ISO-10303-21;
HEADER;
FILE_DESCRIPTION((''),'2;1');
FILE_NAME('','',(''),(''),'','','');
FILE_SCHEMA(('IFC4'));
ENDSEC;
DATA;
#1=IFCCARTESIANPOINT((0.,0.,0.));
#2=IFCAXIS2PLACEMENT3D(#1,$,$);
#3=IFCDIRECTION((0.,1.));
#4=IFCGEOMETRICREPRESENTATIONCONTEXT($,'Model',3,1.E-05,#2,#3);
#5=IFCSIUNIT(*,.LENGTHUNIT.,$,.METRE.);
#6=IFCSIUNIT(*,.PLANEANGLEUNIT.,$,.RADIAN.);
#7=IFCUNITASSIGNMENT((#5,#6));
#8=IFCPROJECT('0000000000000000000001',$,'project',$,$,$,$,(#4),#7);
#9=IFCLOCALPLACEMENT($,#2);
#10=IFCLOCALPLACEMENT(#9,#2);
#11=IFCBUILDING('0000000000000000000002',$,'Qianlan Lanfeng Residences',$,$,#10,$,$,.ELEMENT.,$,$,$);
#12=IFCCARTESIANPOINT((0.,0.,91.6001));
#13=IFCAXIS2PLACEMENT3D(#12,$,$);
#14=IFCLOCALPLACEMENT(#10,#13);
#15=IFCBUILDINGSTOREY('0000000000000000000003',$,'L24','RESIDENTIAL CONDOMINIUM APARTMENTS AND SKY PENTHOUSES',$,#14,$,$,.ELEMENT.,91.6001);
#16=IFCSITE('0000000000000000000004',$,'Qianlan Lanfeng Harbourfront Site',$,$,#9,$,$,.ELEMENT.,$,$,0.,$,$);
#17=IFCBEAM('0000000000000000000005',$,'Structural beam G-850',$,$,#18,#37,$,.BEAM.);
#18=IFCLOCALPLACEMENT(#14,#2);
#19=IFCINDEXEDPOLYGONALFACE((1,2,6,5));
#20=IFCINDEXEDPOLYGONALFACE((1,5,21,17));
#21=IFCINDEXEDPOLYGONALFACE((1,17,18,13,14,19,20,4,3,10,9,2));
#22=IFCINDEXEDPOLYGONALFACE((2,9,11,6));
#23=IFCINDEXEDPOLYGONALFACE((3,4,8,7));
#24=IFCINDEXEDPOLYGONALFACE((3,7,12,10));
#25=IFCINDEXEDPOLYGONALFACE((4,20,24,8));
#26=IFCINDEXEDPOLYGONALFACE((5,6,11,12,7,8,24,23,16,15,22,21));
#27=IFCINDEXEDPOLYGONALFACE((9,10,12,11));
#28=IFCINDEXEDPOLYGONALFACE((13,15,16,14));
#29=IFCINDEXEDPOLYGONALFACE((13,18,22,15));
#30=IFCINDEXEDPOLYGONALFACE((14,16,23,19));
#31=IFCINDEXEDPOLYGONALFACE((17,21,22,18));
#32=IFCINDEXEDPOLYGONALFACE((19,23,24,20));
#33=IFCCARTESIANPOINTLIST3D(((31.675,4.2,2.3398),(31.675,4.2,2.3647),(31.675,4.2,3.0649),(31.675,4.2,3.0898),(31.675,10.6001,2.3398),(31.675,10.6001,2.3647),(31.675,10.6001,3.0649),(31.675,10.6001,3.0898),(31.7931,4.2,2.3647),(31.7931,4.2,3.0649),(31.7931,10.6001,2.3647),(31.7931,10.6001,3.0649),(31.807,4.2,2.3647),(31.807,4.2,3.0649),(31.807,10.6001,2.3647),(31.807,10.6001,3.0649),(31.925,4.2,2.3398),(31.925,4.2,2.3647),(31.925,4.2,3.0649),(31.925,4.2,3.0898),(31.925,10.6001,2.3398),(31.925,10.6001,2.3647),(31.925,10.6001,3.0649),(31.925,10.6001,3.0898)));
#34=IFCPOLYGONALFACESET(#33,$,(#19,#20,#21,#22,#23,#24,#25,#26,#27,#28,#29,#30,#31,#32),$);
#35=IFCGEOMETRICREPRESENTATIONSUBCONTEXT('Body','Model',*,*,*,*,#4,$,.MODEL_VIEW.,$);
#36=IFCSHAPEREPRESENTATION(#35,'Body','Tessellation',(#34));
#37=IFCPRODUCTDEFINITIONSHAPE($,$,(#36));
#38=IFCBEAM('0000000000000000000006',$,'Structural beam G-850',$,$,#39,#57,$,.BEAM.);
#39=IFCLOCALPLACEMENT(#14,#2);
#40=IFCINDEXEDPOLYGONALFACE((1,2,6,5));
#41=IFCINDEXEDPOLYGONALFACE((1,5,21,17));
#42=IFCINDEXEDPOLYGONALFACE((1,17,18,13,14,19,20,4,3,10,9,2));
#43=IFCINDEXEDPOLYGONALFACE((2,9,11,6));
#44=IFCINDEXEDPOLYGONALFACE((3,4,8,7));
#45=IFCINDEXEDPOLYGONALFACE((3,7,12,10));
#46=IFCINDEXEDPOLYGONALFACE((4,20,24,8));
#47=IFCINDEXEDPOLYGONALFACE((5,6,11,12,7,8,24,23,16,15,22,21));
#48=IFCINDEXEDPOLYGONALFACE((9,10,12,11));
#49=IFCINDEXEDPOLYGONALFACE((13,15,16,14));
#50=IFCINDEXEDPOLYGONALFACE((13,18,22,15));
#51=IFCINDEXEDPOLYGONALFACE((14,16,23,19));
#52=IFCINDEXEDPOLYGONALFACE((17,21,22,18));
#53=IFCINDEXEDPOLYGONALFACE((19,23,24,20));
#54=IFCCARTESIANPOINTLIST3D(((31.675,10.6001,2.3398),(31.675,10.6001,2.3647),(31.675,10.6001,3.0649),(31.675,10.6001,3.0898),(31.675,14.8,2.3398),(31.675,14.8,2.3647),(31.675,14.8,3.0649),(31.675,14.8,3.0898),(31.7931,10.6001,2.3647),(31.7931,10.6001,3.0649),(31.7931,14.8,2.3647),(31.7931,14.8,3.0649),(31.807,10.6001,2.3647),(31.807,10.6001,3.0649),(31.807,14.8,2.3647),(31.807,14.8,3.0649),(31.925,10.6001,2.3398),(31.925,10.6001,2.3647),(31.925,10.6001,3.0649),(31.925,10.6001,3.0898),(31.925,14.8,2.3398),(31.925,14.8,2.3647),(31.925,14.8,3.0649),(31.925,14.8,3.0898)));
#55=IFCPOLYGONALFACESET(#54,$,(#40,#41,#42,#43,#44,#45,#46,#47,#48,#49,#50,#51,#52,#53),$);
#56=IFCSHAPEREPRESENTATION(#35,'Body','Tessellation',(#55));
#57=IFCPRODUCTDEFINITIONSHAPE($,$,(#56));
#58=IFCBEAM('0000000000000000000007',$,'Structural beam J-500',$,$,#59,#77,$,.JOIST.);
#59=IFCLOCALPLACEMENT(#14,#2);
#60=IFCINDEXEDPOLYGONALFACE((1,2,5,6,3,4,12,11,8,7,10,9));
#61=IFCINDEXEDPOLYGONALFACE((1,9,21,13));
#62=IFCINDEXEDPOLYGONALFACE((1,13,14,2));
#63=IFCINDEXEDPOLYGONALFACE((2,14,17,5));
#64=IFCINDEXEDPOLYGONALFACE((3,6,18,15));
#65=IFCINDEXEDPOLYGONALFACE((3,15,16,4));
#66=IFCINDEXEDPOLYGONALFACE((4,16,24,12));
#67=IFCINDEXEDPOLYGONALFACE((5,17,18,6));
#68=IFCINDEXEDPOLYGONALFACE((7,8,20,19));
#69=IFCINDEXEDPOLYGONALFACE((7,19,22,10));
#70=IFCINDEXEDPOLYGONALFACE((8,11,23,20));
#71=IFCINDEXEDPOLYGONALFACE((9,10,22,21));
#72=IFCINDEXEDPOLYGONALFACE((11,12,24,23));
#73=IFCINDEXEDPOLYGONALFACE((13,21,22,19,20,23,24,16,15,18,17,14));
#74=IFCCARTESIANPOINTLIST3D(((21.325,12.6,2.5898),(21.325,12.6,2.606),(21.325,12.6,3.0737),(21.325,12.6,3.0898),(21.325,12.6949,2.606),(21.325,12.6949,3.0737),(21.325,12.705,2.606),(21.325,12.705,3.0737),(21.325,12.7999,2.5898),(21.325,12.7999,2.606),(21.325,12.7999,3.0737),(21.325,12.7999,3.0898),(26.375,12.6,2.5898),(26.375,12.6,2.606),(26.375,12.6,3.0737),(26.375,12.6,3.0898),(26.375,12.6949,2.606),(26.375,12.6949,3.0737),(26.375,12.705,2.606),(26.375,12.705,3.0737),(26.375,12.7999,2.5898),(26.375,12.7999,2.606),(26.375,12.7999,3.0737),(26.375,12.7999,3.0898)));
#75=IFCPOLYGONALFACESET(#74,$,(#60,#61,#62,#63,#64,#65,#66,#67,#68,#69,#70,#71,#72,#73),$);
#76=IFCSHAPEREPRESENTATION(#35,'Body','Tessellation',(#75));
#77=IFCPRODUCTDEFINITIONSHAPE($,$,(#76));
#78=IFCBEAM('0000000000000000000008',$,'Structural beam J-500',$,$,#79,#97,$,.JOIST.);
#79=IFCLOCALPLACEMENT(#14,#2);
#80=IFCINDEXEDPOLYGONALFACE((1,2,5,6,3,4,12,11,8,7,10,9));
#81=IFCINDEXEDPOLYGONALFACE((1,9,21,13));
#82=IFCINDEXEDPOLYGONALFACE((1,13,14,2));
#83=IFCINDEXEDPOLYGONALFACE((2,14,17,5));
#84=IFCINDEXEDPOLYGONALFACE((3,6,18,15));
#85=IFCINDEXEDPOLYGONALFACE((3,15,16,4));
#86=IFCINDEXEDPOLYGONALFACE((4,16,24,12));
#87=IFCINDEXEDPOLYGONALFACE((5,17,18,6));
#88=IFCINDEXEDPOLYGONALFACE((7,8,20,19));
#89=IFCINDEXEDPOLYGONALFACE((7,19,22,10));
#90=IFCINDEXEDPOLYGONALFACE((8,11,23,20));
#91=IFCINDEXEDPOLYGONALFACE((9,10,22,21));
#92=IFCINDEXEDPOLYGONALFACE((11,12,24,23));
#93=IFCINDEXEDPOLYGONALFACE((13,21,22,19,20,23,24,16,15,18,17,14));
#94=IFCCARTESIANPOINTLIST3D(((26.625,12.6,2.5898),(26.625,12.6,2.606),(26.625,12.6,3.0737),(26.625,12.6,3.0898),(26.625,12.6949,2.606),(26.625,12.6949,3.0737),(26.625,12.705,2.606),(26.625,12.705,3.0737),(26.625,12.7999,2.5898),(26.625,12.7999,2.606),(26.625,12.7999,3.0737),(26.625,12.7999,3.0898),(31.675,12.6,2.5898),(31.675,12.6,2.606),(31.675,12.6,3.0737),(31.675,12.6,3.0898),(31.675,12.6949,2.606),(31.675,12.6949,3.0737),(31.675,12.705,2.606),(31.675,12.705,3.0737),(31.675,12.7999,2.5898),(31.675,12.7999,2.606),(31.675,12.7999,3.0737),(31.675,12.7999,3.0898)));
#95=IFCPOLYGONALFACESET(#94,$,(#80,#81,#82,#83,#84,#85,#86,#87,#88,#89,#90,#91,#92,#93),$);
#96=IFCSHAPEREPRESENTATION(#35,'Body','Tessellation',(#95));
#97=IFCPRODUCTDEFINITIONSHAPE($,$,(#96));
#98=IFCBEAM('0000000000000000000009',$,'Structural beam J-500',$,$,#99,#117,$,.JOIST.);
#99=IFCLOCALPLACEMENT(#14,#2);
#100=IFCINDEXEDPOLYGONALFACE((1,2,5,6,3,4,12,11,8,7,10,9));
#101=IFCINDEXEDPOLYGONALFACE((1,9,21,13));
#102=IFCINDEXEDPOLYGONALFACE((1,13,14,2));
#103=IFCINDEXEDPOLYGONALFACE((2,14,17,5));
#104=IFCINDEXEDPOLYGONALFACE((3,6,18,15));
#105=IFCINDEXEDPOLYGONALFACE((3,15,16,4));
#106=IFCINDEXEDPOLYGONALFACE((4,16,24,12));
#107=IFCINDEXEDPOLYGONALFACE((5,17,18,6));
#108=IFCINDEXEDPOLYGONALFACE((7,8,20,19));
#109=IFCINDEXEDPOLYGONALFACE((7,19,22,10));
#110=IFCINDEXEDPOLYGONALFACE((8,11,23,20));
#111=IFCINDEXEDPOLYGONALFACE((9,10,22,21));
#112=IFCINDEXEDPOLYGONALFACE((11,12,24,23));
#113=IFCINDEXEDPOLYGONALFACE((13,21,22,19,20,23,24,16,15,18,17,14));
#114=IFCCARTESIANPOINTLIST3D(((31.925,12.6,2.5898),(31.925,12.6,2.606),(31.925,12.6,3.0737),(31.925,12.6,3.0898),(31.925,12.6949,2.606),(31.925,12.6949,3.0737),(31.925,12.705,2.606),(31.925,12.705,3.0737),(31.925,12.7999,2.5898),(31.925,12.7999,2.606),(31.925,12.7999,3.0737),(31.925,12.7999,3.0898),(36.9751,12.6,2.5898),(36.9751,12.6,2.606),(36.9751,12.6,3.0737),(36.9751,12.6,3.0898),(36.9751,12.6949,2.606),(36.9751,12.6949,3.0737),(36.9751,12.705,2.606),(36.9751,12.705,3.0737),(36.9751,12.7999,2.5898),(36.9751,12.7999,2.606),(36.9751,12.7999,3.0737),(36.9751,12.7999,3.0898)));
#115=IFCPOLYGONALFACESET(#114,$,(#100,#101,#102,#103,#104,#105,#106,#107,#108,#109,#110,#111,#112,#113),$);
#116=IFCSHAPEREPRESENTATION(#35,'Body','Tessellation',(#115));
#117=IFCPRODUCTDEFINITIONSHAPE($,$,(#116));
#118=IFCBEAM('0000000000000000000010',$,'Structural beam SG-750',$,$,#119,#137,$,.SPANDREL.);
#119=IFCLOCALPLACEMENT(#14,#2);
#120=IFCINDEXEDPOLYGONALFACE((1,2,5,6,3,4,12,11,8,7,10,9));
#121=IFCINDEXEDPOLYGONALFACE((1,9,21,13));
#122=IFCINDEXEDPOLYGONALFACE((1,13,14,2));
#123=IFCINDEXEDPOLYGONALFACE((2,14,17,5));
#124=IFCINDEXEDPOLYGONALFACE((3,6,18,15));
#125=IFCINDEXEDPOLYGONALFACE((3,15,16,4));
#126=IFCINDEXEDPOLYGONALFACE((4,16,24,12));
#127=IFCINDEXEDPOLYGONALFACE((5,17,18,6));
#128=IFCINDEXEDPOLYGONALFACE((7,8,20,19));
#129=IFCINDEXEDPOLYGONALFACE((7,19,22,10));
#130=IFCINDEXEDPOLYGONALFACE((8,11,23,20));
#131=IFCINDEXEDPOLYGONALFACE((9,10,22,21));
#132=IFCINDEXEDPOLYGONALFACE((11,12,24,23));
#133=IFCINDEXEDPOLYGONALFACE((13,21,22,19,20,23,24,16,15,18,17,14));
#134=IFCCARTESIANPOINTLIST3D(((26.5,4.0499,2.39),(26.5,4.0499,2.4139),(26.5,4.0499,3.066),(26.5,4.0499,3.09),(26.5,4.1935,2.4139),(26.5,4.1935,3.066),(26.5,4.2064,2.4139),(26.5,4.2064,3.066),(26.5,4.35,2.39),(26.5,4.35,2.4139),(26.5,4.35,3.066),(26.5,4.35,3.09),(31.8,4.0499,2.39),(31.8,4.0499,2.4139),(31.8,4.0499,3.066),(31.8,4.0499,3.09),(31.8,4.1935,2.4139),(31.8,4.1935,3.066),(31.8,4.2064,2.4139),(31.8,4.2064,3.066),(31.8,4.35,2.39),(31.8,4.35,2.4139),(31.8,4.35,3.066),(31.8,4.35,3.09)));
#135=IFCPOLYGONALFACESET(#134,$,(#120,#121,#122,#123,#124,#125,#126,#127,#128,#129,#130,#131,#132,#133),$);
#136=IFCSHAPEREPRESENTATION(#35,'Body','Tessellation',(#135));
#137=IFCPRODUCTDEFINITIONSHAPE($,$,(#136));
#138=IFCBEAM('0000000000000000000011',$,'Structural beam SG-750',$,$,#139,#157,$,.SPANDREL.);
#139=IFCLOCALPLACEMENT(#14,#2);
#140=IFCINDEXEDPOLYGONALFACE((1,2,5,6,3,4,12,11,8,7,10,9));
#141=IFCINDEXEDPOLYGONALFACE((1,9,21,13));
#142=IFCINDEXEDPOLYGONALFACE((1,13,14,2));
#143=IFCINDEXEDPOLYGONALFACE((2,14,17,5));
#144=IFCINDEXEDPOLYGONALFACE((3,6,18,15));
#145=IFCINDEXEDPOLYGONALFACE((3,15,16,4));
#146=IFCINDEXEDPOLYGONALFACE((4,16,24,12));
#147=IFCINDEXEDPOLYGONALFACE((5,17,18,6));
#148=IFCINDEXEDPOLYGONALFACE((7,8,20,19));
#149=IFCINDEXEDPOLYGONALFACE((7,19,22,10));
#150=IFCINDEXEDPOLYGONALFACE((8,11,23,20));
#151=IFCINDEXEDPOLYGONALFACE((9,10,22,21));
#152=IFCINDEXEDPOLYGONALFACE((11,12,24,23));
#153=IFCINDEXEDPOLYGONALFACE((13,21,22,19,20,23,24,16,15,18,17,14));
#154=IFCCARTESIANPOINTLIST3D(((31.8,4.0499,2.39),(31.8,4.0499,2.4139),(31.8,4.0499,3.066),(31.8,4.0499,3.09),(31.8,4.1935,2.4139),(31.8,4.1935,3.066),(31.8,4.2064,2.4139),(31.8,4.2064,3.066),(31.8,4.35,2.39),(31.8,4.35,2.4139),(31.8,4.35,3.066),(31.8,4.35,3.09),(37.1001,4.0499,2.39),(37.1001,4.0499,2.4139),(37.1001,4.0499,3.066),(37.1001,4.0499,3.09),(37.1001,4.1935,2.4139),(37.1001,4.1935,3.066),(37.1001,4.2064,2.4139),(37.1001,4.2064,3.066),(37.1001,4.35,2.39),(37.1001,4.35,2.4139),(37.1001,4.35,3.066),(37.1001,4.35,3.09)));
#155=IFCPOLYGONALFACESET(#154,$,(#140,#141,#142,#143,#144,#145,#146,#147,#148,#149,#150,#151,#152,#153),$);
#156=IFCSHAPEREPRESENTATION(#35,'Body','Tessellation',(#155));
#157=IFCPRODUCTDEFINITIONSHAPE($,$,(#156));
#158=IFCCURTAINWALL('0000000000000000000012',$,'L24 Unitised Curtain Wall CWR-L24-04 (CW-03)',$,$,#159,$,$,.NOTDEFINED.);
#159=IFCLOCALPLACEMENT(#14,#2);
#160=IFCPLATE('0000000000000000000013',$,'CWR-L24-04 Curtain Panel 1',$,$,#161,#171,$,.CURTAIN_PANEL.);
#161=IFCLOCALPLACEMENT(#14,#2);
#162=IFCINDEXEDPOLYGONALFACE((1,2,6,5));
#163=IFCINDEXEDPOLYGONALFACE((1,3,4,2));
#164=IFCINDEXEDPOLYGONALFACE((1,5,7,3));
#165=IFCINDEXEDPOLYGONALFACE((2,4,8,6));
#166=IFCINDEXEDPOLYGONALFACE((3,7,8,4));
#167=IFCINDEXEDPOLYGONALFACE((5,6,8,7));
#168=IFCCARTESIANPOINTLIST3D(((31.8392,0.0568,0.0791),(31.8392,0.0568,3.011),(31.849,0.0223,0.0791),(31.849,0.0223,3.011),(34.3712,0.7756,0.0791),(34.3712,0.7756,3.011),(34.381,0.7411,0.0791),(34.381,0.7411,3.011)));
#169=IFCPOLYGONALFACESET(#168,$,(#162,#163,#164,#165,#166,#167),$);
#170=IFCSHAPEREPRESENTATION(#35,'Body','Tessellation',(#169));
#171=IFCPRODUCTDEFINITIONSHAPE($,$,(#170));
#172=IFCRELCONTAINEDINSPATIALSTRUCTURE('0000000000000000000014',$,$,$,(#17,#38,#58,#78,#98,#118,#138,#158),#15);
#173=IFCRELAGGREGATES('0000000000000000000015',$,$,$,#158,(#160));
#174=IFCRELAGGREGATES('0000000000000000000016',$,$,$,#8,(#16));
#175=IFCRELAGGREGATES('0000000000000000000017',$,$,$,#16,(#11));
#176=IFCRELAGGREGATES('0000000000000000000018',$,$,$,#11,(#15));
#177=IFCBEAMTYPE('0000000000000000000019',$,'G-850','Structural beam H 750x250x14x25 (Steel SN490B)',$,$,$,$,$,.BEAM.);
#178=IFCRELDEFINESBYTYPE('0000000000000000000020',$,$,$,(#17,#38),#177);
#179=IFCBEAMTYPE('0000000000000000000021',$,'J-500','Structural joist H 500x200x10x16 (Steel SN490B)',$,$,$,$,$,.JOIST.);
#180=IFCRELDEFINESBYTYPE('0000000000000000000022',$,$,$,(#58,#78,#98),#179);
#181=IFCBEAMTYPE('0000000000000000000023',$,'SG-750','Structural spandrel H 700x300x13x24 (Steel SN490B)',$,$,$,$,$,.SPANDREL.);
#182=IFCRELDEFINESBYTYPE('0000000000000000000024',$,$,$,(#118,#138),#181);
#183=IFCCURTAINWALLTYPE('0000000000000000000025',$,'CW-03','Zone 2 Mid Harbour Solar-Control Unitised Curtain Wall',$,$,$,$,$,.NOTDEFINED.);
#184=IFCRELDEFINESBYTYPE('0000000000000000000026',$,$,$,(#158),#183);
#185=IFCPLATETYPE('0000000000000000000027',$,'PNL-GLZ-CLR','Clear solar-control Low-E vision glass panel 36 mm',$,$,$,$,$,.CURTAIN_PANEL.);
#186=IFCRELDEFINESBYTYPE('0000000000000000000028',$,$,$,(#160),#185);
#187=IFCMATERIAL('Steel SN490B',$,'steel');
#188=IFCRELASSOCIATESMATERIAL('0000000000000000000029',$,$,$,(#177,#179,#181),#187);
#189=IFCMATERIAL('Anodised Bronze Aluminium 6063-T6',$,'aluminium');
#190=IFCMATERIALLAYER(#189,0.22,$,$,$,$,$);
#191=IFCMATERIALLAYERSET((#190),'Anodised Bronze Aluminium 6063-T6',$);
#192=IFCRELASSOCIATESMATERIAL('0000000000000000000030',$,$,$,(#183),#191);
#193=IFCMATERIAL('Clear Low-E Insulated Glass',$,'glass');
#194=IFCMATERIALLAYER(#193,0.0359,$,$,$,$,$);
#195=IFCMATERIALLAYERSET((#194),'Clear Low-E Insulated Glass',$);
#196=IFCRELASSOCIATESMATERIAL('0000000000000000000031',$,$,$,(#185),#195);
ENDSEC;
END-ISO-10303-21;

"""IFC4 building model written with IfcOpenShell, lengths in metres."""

from ifc_helpers import new_model, si_unit, direction, frame, origin, origin_2d, place, context, subcontext, project, spatial, rectangle, i_section, extrude, source, transform, mapped, material, layer, layer_set, material_profile, profile_set, type_object, element, aggregate, save


model = new_model("IFC4")

# Units and contexts
model_context = context("Model", 3, precision=1e-05, world=origin(), true_north=direction((0.0, 1.0)))
body_context = subcontext(model_context, "Body", "Model", "MODEL_VIEW")
ifc_project = project(units=[si_unit("LENGTHUNIT", "METRE"), si_unit("PLANEANGLEUNIT", "RADIAN")], contexts=[model_context])

# Site, building, storey
site_placement = place(None, origin())
site = spatial("IfcSite", under=ifc_project, at=site_placement, Name="Qianlan Lanfeng Harbourfront Site", CompositionType="ELEMENT", RefElevation=0.0)
building_placement = place(site_placement, origin())
building = spatial("IfcBuilding", under=site, at=building_placement, Name="Qianlan Lanfeng Residences", CompositionType="ELEMENT")
storey_placement = place(building_placement, frame((0.0, 0.0, 91.6001)))
storey = spatial("IfcBuildingStorey", under=building, at=storey_placement, Name="L24", Description="RESIDENTIAL CONDOMINIUM APARTMENTS AND SKY PENTHOUSES", CompositionType="ELEMENT", Elevation=91.6001)

# Shared definitions
ifc_material_1 = material(Name="Steel SN490B", Category="steel")

# Beams
ifc_material_profile_1 = material_profile(ifc_material_1, i_section(OverallWidth=0.25, OverallDepth=0.75, WebThickness=0.0139, FlangeThickness=0.0249, at=origin_2d()), Name="H 750x250x14x25")
ifc_profile_set_1 = profile_set([ifc_material_profile_1], Name="Steel SN490B")
beam_type_1 = type_object("IfcBeamType", Name="G-850", Description="Structural beam H 750x250x14x25 (Steel SN490B)", PredefinedType="BEAM", material=ifc_profile_set_1)
beam_1_placement = place(storey_placement, frame((31.8, 4.2, 2.7148), z_axis=(0.0, 1.0, 0.0), x_axis=(-1.0, 0.0, 0.0)))
element("IfcBeam", 1, at=beam_1_placement, inside=storey, type_object=beam_type_1, Name="Structural beam G-850", PredefinedType="BEAM", context=body_context, shape_type="SweptSolid", body=[
    extrude(i_section(OverallWidth=0.25, OverallDepth=0.75, WebThickness=0.0139, FlangeThickness=0.0249, at=origin_2d()), origin(), (0.0, 0.0, 1.0), 6.4001),
])
beam_2_placement = place(storey_placement, frame((31.8, 10.6001, 2.7148), z_axis=(0.0, 1.0, 0.0), x_axis=(-1.0, 0.0, 0.0)))
element("IfcBeam", 2, at=beam_2_placement, inside=storey, type_object=beam_type_1, Name="Structural beam G-850", PredefinedType="BEAM", context=body_context, shape_type="SweptSolid", body=[
    extrude(i_section(OverallWidth=0.25, OverallDepth=0.75, WebThickness=0.0139, FlangeThickness=0.0249, at=origin_2d()), origin(), (0.0, 0.0, 1.0), 4.2),
])
ifc_material_profile_2 = material_profile(ifc_material_1, i_section(OverallWidth=0.2, OverallDepth=0.5, WebThickness=0.01, FlangeThickness=0.0161, at=origin_2d()), Name="H 500x200x10x16")
ifc_profile_set_2 = profile_set([ifc_material_profile_2], Name="Steel SN490B")
beam_type_2 = type_object("IfcBeamType", Name="J-500", Description="Structural joist H 500x200x10x16 (Steel SN490B)", PredefinedType="JOIST", material=ifc_profile_set_2)
for number, where, z_axis, x_axis, name in (
    (3, (21.325, 12.7, 2.8398), (1.0, 0.0, 0.0), (0.0, 1.0, 0.0), "Structural beam J-500"),
    (4, (26.625, 12.7, 2.8398), (1.0, 0.0, 0.0), (0.0, 1.0, 0.0), "Structural beam J-500"),
    (5, (31.925, 12.7, 2.8398), (1.0, 0.0, 0.0), (0.0, 1.0, 0.0), "Structural beam J-500"),
):
    element("IfcBeam", number, at=place(storey_placement, frame(where, z_axis=z_axis, x_axis=x_axis)), inside=storey, type_object=beam_type_2, Name=name, PredefinedType="JOIST", context=body_context, shape_type="SweptSolid", body=[
        extrude(i_section(OverallWidth=0.2, OverallDepth=0.5, WebThickness=0.01, FlangeThickness=0.0161, at=origin_2d()), origin(), (0.0, 0.0, 1.0), 5.05),
    ])
ifc_material_profile_3 = material_profile(ifc_material_1, i_section(OverallWidth=0.3, OverallDepth=0.7, WebThickness=0.0129, FlangeThickness=0.0239, at=origin_2d()), Name="H 700x300x13x24")
ifc_profile_set_3 = profile_set([ifc_material_profile_3], Name="Steel SN490B")
beam_type_3 = type_object("IfcBeamType", Name="SG-750", Description="Structural spandrel H 700x300x13x24 (Steel SN490B)", PredefinedType="SPANDREL", material=ifc_profile_set_3)
for number, where, z_axis, x_axis, name in (
    (6, (26.5, 4.2, 2.74), (1.0, 0.0, 0.0), (0.0, 1.0, 0.0), "Structural beam SG-750"),
    (7, (31.8, 4.2, 2.74), (1.0, 0.0, 0.0), (0.0, 1.0, 0.0), "Structural beam SG-750"),
):
    element("IfcBeam", number, at=place(storey_placement, frame(where, z_axis=z_axis, x_axis=x_axis)), inside=storey, type_object=beam_type_3, Name=name, PredefinedType="SPANDREL", context=body_context, shape_type="SweptSolid", body=[
        extrude(i_section(OverallWidth=0.3, OverallDepth=0.7, WebThickness=0.0129, FlangeThickness=0.0239, at=origin_2d()), origin(), (0.0, 0.0, 1.0), 5.3),
    ])

# Curtain wall, plate
ifc_material_2 = material(Name="Anodised Bronze Aluminium 6063-T6", Category="aluminium")
ifc_layer_1 = layer(ifc_material_2, 0.22)
ifc_layer_set_1 = layer_set([ifc_layer_1], Name="Anodised Bronze Aluminium 6063-T6")
curtain_wall_type = type_object("IfcCurtainWallType", Name="CW-03", Description="Zone 2 Mid Harbour Solar-Control Unitised Curtain Wall", PredefinedType="NOTDEFINED", material=ifc_layer_set_1)
curtain_wall_placement = place(storey_placement, origin())
curtain_wall = element("IfcCurtainWall", 8, at=curtain_wall_placement, inside=storey, type_object=curtain_wall_type, Name="L24 Unitised Curtain Wall CWR-L24-04 (CW-03)", PredefinedType="NOTDEFINED")
ifc_material_3 = material(Name="Clear Low-E Insulated Glass", Category="glass")
ifc_layer_2 = layer(ifc_material_3, 0.0359)
ifc_layer_set_2 = layer_set([ifc_layer_2], Name="Clear Low-E Insulated Glass")
plate_type = type_object("IfcPlateType", Name="PNL-GLZ-CLR", Description="Clear solar-control Low-E vision glass panel 36 mm", PredefinedType="CURTAIN_PANEL", material=ifc_layer_set_2)
shared_shape = source(origin(), body_context, "Body", "SweptSolid", [
    extrude(rectangle(XDim=2.6321, YDim=0.0359, at=origin_2d()), origin(), (0.0, 0.0, 1.0), 2.9319),
])
plate_placement = place(storey_placement, frame((33.1101, 0.3989, 0.0791), z_axis=(0.0, 0.0, 1.0), x_axis=(0.961989, 0.273088, 0.0)))
plate = element("IfcPlate", 9, at=plate_placement, type_object=plate_type, Name="CWR-L24-04 Curtain Panel 1", PredefinedType="CURTAIN_PANEL", context=body_context, shape_type="MappedRepresentation", body=[
    mapped(shared_shape, transform((0.0, 0.0, 0.0), scale=1.0)),
])
aggregate(curtain_wall, [plate])

save(model, "model.ifc")
